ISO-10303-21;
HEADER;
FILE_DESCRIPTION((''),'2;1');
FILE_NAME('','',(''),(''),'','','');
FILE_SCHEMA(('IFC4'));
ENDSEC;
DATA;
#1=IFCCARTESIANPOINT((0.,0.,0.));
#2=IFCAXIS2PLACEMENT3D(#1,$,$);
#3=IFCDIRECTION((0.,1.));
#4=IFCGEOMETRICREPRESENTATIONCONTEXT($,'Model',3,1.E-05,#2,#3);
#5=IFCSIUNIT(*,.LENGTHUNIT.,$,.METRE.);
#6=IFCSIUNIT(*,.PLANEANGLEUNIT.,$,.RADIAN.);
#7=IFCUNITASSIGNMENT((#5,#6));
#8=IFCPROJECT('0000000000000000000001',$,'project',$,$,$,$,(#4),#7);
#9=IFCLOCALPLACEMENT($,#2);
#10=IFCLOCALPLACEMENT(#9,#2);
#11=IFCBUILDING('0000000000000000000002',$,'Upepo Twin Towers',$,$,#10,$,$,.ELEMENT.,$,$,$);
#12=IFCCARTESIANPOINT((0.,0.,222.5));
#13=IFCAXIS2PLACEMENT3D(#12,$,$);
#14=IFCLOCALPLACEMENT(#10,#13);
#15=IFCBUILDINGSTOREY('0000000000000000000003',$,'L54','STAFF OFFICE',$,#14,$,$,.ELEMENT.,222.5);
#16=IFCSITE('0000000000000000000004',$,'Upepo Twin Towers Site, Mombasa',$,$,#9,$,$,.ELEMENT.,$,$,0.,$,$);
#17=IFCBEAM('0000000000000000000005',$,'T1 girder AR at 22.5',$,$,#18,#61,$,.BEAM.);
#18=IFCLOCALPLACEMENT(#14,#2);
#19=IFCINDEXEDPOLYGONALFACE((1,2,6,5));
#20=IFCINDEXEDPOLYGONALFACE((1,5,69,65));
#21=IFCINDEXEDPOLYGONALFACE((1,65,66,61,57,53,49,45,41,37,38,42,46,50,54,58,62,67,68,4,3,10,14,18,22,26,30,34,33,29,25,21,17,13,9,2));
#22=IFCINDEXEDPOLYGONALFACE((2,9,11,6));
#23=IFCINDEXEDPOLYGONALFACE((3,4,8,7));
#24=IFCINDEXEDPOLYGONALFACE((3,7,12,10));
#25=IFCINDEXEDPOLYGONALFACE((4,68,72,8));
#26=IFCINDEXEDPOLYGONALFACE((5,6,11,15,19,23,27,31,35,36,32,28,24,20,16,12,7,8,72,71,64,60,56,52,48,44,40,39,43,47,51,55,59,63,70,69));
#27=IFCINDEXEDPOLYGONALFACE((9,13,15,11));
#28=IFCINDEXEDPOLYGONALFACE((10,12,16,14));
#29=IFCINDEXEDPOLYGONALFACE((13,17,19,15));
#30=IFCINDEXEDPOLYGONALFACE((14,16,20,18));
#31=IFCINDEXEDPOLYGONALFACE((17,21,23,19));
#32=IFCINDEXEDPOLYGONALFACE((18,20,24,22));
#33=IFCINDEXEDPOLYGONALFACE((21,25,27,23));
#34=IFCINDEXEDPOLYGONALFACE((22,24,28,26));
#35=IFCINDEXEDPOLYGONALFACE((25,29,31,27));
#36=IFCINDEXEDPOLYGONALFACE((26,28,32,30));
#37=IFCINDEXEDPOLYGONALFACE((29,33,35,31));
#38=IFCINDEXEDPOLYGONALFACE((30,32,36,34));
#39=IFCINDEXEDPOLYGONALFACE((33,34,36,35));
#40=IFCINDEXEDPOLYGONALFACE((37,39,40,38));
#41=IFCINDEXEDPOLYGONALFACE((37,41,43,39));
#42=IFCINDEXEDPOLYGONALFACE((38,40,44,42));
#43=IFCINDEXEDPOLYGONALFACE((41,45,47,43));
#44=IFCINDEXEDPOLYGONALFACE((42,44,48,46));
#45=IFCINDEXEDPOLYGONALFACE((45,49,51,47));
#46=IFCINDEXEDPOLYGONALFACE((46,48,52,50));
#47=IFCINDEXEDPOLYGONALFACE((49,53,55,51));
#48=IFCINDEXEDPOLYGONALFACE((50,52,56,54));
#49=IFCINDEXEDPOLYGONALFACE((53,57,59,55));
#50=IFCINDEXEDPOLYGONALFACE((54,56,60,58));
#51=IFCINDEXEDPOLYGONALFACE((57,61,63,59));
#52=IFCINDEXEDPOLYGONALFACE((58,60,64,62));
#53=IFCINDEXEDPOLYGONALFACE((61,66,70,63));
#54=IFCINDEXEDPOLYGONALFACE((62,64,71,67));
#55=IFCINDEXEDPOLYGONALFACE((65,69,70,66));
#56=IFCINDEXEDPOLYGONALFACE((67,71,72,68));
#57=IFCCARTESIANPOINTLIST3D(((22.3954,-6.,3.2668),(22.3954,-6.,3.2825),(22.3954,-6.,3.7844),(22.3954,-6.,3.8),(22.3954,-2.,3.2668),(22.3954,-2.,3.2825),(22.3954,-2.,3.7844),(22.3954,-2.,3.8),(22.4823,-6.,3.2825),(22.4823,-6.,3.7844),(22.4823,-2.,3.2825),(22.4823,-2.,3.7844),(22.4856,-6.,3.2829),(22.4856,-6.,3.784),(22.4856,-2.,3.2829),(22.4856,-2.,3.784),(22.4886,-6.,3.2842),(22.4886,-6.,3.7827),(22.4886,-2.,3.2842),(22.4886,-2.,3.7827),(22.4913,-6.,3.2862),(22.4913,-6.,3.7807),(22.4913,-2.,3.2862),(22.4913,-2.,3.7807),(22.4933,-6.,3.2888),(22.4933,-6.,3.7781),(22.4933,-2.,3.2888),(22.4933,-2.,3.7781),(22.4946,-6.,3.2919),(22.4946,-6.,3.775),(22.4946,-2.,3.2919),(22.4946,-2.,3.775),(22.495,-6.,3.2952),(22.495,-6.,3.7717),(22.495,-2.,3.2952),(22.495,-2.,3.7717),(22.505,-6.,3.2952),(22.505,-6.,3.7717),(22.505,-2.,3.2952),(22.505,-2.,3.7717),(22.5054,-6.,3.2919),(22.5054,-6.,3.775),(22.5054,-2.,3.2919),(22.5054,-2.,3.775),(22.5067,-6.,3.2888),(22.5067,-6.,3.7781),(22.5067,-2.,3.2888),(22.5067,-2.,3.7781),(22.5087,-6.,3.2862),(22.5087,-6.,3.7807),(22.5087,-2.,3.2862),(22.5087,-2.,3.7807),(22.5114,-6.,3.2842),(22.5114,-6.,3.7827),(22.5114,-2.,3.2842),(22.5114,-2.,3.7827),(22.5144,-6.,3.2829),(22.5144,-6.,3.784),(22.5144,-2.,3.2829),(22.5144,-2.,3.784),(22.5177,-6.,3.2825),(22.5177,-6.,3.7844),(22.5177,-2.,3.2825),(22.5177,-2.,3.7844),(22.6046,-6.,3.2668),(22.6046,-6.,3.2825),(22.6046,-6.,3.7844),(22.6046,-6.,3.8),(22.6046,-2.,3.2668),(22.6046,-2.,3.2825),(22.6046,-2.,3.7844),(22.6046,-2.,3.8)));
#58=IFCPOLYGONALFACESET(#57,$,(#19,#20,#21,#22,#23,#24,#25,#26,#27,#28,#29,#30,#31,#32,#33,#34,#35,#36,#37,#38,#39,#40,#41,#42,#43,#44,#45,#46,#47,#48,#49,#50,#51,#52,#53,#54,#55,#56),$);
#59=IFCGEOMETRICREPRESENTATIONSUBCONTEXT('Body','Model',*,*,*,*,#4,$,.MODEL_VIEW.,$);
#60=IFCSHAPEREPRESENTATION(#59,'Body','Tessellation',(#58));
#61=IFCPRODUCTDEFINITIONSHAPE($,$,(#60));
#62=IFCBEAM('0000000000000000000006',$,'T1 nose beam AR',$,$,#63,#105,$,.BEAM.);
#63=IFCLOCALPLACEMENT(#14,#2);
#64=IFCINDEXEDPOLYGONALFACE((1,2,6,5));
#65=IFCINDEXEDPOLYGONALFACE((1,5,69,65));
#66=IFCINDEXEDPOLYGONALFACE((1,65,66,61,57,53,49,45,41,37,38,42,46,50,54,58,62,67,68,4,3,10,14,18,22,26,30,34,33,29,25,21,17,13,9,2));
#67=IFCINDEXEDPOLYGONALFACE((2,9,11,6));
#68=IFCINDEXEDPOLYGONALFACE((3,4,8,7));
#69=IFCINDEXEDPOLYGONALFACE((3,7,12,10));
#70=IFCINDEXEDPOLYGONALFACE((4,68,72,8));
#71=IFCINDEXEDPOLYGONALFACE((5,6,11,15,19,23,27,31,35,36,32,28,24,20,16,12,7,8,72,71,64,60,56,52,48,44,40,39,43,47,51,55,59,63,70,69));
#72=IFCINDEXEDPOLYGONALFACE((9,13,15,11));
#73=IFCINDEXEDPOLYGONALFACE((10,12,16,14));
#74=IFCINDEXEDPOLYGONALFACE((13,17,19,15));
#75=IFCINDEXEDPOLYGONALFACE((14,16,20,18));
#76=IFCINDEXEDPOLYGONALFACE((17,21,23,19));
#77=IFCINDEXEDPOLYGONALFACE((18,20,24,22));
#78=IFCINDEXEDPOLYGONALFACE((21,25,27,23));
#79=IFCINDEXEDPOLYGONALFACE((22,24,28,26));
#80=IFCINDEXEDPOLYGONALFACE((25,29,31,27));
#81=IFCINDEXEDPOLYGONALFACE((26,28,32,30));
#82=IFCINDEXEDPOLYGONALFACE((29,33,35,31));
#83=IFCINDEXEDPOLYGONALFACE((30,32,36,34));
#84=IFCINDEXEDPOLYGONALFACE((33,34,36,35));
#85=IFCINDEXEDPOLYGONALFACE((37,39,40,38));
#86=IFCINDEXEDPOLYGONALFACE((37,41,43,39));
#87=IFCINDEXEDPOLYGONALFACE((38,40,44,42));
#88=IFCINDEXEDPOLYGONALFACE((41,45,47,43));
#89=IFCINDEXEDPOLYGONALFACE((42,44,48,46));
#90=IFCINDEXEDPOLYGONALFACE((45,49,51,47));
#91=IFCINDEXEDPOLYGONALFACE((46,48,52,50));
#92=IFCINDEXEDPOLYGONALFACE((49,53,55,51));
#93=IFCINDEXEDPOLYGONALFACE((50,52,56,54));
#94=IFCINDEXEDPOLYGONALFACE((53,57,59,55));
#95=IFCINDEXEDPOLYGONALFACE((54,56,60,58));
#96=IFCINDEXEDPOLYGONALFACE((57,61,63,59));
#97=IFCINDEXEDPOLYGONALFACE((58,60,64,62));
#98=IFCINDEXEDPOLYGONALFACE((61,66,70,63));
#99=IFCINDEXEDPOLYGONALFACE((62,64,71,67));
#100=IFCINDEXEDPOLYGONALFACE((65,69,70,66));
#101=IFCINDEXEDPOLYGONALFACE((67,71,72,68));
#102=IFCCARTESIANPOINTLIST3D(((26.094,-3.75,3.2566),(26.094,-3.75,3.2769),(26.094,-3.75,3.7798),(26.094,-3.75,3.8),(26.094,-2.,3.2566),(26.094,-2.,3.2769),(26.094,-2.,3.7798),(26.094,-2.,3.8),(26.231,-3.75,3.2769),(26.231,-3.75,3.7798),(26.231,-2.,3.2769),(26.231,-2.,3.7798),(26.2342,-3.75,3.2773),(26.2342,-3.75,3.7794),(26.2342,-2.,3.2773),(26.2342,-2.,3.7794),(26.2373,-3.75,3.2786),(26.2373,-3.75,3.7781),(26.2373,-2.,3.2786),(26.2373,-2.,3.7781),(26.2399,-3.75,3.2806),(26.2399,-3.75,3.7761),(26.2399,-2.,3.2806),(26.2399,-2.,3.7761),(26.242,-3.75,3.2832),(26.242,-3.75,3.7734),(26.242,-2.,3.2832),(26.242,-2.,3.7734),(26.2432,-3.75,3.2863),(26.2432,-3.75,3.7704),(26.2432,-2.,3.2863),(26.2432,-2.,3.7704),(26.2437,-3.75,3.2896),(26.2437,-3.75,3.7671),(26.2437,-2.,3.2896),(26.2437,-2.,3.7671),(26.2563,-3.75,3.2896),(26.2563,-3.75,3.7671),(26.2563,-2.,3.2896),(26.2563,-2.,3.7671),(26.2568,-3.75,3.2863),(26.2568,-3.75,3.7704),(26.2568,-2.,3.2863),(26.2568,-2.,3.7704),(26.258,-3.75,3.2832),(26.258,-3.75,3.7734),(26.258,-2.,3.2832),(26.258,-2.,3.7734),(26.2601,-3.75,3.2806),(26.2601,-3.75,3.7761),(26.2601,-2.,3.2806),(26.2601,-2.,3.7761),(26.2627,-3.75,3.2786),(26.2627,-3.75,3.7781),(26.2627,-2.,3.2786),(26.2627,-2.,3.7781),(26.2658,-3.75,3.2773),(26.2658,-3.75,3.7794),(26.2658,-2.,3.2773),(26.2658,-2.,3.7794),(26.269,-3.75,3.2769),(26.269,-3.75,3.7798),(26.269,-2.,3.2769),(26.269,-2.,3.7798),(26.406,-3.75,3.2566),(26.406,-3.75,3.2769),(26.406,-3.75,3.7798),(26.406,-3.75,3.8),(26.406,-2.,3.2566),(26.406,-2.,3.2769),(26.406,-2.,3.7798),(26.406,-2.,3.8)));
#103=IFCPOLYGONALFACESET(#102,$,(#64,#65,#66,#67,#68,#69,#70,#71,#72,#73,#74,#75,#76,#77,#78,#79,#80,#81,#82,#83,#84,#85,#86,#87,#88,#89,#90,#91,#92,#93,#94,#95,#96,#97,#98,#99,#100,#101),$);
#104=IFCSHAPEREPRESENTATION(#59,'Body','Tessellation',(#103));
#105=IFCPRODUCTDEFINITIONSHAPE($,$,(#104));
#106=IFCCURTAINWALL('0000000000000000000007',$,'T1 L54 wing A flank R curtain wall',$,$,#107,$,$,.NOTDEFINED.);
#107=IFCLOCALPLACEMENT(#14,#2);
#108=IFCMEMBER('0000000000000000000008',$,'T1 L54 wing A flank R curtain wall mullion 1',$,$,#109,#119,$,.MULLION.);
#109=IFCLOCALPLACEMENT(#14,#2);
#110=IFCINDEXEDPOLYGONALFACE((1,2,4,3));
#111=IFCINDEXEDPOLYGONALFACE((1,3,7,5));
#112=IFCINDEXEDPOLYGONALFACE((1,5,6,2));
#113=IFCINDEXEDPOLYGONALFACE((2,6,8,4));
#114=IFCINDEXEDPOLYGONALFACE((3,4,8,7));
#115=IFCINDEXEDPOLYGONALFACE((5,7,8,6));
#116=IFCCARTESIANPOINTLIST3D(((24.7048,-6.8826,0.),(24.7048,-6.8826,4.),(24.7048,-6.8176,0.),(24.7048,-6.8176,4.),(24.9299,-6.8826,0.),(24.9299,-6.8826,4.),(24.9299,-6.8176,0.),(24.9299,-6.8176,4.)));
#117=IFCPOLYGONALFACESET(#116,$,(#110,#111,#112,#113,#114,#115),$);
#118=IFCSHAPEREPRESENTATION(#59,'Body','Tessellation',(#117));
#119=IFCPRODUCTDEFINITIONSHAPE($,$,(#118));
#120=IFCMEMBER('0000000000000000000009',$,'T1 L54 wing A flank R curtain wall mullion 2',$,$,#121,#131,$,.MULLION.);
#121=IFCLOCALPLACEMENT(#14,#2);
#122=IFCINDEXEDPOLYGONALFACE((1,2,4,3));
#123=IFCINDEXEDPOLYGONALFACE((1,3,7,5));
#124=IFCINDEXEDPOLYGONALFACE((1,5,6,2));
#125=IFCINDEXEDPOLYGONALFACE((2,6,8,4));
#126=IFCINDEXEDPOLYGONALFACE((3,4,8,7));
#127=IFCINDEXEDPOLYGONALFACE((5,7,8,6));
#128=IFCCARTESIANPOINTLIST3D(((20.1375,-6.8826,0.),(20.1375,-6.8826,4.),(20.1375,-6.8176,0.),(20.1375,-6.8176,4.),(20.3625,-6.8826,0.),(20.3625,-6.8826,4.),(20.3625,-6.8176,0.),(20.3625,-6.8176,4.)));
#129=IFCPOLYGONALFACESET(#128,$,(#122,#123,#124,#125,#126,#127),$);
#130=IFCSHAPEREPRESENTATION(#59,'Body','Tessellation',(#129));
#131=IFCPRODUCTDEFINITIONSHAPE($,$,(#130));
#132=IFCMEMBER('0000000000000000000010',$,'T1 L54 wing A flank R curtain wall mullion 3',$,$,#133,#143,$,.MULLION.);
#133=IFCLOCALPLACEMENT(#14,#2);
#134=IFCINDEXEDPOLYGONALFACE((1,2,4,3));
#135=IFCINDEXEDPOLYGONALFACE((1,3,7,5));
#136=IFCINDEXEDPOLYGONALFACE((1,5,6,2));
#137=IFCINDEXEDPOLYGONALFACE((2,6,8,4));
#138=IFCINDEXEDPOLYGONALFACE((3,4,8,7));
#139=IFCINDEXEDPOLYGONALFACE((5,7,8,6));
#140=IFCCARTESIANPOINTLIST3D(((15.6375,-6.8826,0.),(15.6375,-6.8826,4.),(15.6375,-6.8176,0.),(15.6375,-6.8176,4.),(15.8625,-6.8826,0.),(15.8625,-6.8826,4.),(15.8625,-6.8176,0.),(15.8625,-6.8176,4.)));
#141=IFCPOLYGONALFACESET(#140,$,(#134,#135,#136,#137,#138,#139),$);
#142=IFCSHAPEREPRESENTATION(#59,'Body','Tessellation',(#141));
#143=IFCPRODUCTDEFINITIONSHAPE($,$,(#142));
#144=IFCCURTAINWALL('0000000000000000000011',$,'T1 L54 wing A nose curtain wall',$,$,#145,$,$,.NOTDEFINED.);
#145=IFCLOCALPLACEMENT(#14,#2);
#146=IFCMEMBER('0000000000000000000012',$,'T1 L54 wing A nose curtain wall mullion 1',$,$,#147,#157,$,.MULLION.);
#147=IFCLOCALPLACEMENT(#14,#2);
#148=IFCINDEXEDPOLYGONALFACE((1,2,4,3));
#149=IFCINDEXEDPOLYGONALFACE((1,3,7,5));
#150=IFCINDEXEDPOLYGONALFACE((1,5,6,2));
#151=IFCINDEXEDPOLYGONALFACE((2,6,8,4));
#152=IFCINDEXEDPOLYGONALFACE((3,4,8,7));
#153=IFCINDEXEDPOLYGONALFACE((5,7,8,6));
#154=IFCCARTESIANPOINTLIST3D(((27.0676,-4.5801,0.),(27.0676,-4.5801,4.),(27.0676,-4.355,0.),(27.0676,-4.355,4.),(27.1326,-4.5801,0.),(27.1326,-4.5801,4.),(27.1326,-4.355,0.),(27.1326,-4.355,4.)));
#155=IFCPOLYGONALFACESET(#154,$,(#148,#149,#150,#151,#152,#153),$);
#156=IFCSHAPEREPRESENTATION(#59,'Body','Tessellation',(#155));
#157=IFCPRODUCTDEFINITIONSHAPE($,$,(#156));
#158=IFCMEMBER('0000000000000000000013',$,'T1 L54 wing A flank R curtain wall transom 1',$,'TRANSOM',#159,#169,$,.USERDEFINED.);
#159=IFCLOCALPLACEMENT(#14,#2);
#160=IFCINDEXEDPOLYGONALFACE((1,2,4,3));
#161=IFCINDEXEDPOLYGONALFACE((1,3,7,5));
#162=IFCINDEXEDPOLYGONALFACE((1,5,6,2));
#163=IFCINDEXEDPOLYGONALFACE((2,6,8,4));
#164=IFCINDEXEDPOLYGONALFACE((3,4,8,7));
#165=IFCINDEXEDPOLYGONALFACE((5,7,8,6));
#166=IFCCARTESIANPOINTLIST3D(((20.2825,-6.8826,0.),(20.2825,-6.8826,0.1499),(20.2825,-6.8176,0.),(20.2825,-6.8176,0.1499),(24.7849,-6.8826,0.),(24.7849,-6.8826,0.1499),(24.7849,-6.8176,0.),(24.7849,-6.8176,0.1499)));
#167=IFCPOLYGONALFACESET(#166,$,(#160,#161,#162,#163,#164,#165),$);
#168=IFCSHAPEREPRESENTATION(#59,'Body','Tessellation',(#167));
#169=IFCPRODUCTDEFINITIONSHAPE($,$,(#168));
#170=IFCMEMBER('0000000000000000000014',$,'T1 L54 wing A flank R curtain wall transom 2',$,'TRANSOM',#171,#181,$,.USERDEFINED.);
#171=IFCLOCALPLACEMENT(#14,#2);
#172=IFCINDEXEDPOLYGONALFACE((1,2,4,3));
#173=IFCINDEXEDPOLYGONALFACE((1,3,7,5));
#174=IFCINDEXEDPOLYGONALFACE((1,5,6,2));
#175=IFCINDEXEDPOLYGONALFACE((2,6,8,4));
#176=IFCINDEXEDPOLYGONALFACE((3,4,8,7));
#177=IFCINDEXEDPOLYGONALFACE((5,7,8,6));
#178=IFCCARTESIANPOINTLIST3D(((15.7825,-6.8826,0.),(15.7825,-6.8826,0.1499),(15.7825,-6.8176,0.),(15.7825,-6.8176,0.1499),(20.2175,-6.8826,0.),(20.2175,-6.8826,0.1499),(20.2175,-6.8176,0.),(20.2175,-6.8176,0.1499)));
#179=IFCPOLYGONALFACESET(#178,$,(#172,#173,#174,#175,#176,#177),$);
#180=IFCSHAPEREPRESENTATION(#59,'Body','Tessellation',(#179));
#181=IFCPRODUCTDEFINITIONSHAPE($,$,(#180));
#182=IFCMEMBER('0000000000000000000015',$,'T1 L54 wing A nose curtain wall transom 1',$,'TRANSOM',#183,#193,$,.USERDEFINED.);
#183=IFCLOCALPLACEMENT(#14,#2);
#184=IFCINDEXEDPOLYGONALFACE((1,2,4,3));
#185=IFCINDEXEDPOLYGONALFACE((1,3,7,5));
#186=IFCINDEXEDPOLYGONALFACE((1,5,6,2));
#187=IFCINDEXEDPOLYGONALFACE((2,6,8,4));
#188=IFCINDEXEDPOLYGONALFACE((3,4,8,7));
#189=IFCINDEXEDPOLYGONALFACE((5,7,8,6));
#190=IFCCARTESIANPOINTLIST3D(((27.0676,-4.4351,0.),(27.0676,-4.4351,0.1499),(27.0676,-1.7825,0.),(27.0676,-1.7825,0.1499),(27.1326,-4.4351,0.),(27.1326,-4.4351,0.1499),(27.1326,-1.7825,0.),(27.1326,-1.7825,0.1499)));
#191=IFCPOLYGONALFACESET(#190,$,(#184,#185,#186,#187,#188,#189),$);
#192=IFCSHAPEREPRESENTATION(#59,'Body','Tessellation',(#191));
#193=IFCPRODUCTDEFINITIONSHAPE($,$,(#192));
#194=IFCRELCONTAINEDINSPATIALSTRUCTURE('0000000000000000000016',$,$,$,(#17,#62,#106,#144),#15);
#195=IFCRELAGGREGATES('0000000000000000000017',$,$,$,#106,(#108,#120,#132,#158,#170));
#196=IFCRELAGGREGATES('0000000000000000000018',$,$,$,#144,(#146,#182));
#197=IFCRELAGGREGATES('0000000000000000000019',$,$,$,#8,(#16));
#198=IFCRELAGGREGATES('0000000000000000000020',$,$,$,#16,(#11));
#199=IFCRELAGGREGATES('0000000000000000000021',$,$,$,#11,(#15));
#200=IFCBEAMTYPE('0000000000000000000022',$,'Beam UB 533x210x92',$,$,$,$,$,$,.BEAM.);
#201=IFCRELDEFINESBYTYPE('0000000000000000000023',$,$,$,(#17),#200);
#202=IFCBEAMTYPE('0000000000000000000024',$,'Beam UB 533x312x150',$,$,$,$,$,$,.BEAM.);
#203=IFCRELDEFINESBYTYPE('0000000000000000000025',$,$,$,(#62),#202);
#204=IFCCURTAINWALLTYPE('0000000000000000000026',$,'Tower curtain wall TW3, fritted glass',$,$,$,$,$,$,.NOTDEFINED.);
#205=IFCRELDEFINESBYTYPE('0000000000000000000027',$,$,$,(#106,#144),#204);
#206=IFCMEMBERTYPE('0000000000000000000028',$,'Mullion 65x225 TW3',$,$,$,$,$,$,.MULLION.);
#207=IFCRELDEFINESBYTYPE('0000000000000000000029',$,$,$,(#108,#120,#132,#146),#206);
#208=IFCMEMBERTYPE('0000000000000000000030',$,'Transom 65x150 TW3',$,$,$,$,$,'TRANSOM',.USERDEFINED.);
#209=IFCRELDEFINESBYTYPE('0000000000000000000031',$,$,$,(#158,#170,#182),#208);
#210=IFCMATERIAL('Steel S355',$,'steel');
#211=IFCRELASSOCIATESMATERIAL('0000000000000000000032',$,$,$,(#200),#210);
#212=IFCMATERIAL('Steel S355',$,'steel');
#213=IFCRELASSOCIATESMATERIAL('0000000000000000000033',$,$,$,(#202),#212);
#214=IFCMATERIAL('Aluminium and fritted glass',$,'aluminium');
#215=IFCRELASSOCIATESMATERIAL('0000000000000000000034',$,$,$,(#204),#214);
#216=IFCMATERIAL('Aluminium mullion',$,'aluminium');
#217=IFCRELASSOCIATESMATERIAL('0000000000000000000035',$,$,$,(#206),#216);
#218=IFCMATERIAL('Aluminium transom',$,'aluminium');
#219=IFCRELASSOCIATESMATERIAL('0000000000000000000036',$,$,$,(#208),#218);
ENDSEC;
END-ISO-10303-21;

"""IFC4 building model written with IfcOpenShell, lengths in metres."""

from ifc_helpers import new_model, si_unit, direction, frame, origin, origin_2d, place, context, subcontext, project, spatial, rectangle, i_section, extrude, material, material_profile, profile_set, type_object, element, aggregate, save


model = new_model("IFC4")

# Units and contexts
model_context = context("Model", 3, precision=1e-05, world=origin(), true_north=direction((0.0, 1.0)))
body_context = subcontext(model_context, "Body", "Model", "MODEL_VIEW")
ifc_project = project(units=[si_unit("LENGTHUNIT", "METRE"), si_unit("PLANEANGLEUNIT", "RADIAN")], contexts=[model_context])

# Site, building, storey
site_placement = place(None, origin())
site = spatial("IfcSite", under=ifc_project, at=site_placement, Name="Upepo Twin Towers Site, Mombasa", CompositionType="ELEMENT", RefElevation=0.0)
building_placement = place(site_placement, origin())
building = spatial("IfcBuilding", under=site, at=building_placement, Name="Upepo Twin Towers", CompositionType="ELEMENT")
storey_placement = place(building_placement, frame((0.0, 0.0, 222.5)))
storey = spatial("IfcBuildingStorey", under=building, at=storey_placement, Name="L54", Description="STAFF OFFICE", CompositionType="ELEMENT", Elevation=222.5)

# Beams
ifc_material_1 = material(Name="Steel S355", Category="steel")
ifc_material_profile_1 = material_profile(ifc_material_1, i_section(OverallWidth=0.2092, OverallDepth=0.5332, WebThickness=0.01, FlangeThickness=0.0156, FilletRadius=0.0127, at=origin_2d()), Name="UB 533x210x92")
ifc_profile_set_1 = profile_set([ifc_material_profile_1], Name="Steel S355")
beam_type_1 = type_object("IfcBeamType", Name="Beam UB 533x210x92", PredefinedType="BEAM", material=ifc_profile_set_1)
for number, where, z_axis, x_axis, name in (
    (1, (22.5, -6.0, 3.5334), (0.0, 1.0, 0.0), (-1.0, 0.0, 0.0), "T1 girder AR at 22.5"),
):
    element("IfcBeam", number, at=place(storey_placement, frame(where, z_axis=z_axis, x_axis=x_axis)), inside=storey, type_object=beam_type_1, Name=name, PredefinedType="BEAM", context=body_context, shape_type="SweptSolid", body=[
        extrude(i_section(OverallWidth=0.2092, OverallDepth=0.5332, WebThickness=0.01, FlangeThickness=0.0156, FilletRadius=0.0127, at=origin_2d()), origin(), (0.0, 0.0, 1.0), 4.0),
    ])
ifc_material_2 = material(Name="Steel S355", Category="steel")
ifc_material_profile_2 = material_profile(ifc_material_2, i_section(OverallWidth=0.312, OverallDepth=0.5435, WebThickness=0.0127, FlangeThickness=0.0203, FilletRadius=0.0127, at=origin_2d()), Name="UB 533x312x150")
ifc_profile_set_2 = profile_set([ifc_material_profile_2], Name="Steel S355")
beam_type_2 = type_object("IfcBeamType", Name="Beam UB 533x312x150", PredefinedType="BEAM", material=ifc_profile_set_2)
beam_1_placement = place(storey_placement, frame((26.25, -3.75, 3.5283), z_axis=(0.0, 1.0, 0.0), x_axis=(-1.0, 0.0, 0.0)))
element("IfcBeam", 2, at=beam_1_placement, inside=storey, type_object=beam_type_2, Name="T1 nose beam AR", PredefinedType="BEAM", context=body_context, shape_type="SweptSolid", body=[
    extrude(i_section(OverallWidth=0.312, OverallDepth=0.5435, WebThickness=0.0127, FlangeThickness=0.0203, FilletRadius=0.0127, at=origin_2d()), origin(), (0.0, 0.0, 1.0), 1.75),
])

# Curtain wall, members
ifc_material_3 = material(Name="Aluminium and fritted glass", Category="aluminium")
curtain_wall_type = type_object("IfcCurtainWallType", Name="Tower curtain wall TW3, fritted glass", PredefinedType="NOTDEFINED", material=ifc_material_3)
curtain_wall_1_placement = place(storey_placement, origin())
curtain_wall_1 = element("IfcCurtainWall", 3, at=curtain_wall_1_placement, inside=storey, type_object=curtain_wall_type, Name="T1 L54 wing A flank R curtain wall", PredefinedType="NOTDEFINED")
ifc_material_4 = material(Name="Aluminium mullion", Category="aluminium")
ifc_material_profile_3 = material_profile(ifc_material_4, rectangle(XDim=0.0649, YDim=0.2251, at=origin_2d()), Name="MULLION 65x225")
ifc_profile_set_3 = profile_set([ifc_material_profile_3], Name="Aluminium mullion")
member_type_1 = type_object("IfcMemberType", Name="Mullion 65x225 TW3", PredefinedType="MULLION", material=ifc_profile_set_3)
member_1_placement = place(storey_placement, frame((24.8174, -6.8501, 0.0), z_axis=(0.0, 0.0, 1.0), x_axis=(0.0, -1.0, 0.0)))
member_1 = element("IfcMember", 4, at=member_1_placement, type_object=member_type_1, Name="T1 L54 wing A flank R curtain wall mullion 1", PredefinedType="MULLION", context=body_context, shape_type="SweptSolid", body=[
    extrude(rectangle(XDim=0.0649, YDim=0.2251, at=origin_2d()), origin(), (0.0, 0.0, 1.0), 4.0),
])
member_2_placement = place(storey_placement, frame((20.25, -6.8501, 0.0), z_axis=(0.0, 0.0, 1.0), x_axis=(0.0, -1.0, 0.0)))
member_2 = element("IfcMember", 5, at=member_2_placement, type_object=member_type_1, Name="T1 L54 wing A flank R curtain wall mullion 2", PredefinedType="MULLION", context=body_context, shape_type="SweptSolid", body=[
    extrude(rectangle(XDim=0.0649, YDim=0.2251, at=origin_2d()), origin(), (0.0, 0.0, 1.0), 4.0),
])
member_3_placement = place(storey_placement, frame((15.75, -6.8501, 0.0), z_axis=(0.0, 0.0, 1.0), x_axis=(0.0, -1.0, 0.0)))
member_3 = element("IfcMember", 6, at=member_3_placement, type_object=member_type_1, Name="T1 L54 wing A flank R curtain wall mullion 3", PredefinedType="MULLION", context=body_context, shape_type="SweptSolid", body=[
    extrude(rectangle(XDim=0.0649, YDim=0.2251, at=origin_2d()), origin(), (0.0, 0.0, 1.0), 4.0),
])

# Curtain wall, member
curtain_wall_2_placement = place(storey_placement, origin())
curtain_wall_2 = element("IfcCurtainWall", 7, at=curtain_wall_2_placement, inside=storey, type_object=curtain_wall_type, Name="T1 L54 wing A nose curtain wall", PredefinedType="NOTDEFINED")
member_4_placement = place(storey_placement, frame((27.1001, -4.4675, 0.0), z_axis=(0.0, 0.0, 1.0), x_axis=(-1.0, 0.0, 0.0)))
member_4 = element("IfcMember", 8, at=member_4_placement, type_object=member_type_1, Name="T1 L54 wing A nose curtain wall mullion 1", PredefinedType="MULLION", context=body_context, shape_type="SweptSolid", body=[
    extrude(rectangle(XDim=0.0649, YDim=0.2251, at=origin_2d()), origin(), (0.0, 0.0, 1.0), 4.0),
])

# Members
ifc_material_5 = material(Name="Aluminium transom", Category="aluminium")
ifc_material_profile_4 = material_profile(ifc_material_5, rectangle(XDim=0.0649, YDim=0.1499, at=origin_2d()), Name="TRANSOM 65x150")
ifc_profile_set_4 = profile_set([ifc_material_profile_4], Name="Aluminium transom")
member_type_2 = type_object("IfcMemberType", Name="Transom 65x150 TW3", ElementType="TRANSOM", PredefinedType="USERDEFINED", material=ifc_profile_set_4)
member_5_placement = place(storey_placement, frame((24.7849, -6.8501, 0.075), z_axis=(-1.0, 0.0, 0.0), x_axis=(0.0, -1.0, 0.0)))
member_5 = element("IfcMember", 9, at=member_5_placement, type_object=member_type_2, Name="T1 L54 wing A flank R curtain wall transom 1", ObjectType="TRANSOM", PredefinedType="USERDEFINED", context=body_context, shape_type="SweptSolid", body=[
    extrude(rectangle(XDim=0.0649, YDim=0.1499, at=origin_2d()), origin(), (0.0, 0.0, 1.0), 4.5024),
])
member_6_placement = place(storey_placement, frame((20.2175, -6.8501, 0.075), z_axis=(-1.0, 0.0, 0.0), x_axis=(0.0, -1.0, 0.0)))
member_6 = element("IfcMember", 10, at=member_6_placement, type_object=member_type_2, Name="T1 L54 wing A flank R curtain wall transom 2", ObjectType="TRANSOM", PredefinedType="USERDEFINED", context=body_context, shape_type="SweptSolid", body=[
    extrude(rectangle(XDim=0.0649, YDim=0.1499, at=origin_2d()), origin(), (0.0, 0.0, 1.0), 4.4351),
])
member_7_placement = place(storey_placement, frame((27.1001, -4.4351, 0.075), z_axis=(0.0, 1.0, 0.0), x_axis=(-1.0, 0.0, 0.0)))
member_7 = element("IfcMember", 11, at=member_7_placement, type_object=member_type_2, Name="T1 L54 wing A nose curtain wall transom 1", ObjectType="TRANSOM", PredefinedType="USERDEFINED", context=body_context, shape_type="SweptSolid", body=[
    extrude(rectangle(XDim=0.0649, YDim=0.1499, at=origin_2d()), origin(), (0.0, 0.0, 1.0), 2.6526),
])

aggregate(curtain_wall_1, [member_1, member_2, member_3, member_5, member_6])
aggregate(curtain_wall_2, [member_4, member_7])

save(model, "model.ifc")
